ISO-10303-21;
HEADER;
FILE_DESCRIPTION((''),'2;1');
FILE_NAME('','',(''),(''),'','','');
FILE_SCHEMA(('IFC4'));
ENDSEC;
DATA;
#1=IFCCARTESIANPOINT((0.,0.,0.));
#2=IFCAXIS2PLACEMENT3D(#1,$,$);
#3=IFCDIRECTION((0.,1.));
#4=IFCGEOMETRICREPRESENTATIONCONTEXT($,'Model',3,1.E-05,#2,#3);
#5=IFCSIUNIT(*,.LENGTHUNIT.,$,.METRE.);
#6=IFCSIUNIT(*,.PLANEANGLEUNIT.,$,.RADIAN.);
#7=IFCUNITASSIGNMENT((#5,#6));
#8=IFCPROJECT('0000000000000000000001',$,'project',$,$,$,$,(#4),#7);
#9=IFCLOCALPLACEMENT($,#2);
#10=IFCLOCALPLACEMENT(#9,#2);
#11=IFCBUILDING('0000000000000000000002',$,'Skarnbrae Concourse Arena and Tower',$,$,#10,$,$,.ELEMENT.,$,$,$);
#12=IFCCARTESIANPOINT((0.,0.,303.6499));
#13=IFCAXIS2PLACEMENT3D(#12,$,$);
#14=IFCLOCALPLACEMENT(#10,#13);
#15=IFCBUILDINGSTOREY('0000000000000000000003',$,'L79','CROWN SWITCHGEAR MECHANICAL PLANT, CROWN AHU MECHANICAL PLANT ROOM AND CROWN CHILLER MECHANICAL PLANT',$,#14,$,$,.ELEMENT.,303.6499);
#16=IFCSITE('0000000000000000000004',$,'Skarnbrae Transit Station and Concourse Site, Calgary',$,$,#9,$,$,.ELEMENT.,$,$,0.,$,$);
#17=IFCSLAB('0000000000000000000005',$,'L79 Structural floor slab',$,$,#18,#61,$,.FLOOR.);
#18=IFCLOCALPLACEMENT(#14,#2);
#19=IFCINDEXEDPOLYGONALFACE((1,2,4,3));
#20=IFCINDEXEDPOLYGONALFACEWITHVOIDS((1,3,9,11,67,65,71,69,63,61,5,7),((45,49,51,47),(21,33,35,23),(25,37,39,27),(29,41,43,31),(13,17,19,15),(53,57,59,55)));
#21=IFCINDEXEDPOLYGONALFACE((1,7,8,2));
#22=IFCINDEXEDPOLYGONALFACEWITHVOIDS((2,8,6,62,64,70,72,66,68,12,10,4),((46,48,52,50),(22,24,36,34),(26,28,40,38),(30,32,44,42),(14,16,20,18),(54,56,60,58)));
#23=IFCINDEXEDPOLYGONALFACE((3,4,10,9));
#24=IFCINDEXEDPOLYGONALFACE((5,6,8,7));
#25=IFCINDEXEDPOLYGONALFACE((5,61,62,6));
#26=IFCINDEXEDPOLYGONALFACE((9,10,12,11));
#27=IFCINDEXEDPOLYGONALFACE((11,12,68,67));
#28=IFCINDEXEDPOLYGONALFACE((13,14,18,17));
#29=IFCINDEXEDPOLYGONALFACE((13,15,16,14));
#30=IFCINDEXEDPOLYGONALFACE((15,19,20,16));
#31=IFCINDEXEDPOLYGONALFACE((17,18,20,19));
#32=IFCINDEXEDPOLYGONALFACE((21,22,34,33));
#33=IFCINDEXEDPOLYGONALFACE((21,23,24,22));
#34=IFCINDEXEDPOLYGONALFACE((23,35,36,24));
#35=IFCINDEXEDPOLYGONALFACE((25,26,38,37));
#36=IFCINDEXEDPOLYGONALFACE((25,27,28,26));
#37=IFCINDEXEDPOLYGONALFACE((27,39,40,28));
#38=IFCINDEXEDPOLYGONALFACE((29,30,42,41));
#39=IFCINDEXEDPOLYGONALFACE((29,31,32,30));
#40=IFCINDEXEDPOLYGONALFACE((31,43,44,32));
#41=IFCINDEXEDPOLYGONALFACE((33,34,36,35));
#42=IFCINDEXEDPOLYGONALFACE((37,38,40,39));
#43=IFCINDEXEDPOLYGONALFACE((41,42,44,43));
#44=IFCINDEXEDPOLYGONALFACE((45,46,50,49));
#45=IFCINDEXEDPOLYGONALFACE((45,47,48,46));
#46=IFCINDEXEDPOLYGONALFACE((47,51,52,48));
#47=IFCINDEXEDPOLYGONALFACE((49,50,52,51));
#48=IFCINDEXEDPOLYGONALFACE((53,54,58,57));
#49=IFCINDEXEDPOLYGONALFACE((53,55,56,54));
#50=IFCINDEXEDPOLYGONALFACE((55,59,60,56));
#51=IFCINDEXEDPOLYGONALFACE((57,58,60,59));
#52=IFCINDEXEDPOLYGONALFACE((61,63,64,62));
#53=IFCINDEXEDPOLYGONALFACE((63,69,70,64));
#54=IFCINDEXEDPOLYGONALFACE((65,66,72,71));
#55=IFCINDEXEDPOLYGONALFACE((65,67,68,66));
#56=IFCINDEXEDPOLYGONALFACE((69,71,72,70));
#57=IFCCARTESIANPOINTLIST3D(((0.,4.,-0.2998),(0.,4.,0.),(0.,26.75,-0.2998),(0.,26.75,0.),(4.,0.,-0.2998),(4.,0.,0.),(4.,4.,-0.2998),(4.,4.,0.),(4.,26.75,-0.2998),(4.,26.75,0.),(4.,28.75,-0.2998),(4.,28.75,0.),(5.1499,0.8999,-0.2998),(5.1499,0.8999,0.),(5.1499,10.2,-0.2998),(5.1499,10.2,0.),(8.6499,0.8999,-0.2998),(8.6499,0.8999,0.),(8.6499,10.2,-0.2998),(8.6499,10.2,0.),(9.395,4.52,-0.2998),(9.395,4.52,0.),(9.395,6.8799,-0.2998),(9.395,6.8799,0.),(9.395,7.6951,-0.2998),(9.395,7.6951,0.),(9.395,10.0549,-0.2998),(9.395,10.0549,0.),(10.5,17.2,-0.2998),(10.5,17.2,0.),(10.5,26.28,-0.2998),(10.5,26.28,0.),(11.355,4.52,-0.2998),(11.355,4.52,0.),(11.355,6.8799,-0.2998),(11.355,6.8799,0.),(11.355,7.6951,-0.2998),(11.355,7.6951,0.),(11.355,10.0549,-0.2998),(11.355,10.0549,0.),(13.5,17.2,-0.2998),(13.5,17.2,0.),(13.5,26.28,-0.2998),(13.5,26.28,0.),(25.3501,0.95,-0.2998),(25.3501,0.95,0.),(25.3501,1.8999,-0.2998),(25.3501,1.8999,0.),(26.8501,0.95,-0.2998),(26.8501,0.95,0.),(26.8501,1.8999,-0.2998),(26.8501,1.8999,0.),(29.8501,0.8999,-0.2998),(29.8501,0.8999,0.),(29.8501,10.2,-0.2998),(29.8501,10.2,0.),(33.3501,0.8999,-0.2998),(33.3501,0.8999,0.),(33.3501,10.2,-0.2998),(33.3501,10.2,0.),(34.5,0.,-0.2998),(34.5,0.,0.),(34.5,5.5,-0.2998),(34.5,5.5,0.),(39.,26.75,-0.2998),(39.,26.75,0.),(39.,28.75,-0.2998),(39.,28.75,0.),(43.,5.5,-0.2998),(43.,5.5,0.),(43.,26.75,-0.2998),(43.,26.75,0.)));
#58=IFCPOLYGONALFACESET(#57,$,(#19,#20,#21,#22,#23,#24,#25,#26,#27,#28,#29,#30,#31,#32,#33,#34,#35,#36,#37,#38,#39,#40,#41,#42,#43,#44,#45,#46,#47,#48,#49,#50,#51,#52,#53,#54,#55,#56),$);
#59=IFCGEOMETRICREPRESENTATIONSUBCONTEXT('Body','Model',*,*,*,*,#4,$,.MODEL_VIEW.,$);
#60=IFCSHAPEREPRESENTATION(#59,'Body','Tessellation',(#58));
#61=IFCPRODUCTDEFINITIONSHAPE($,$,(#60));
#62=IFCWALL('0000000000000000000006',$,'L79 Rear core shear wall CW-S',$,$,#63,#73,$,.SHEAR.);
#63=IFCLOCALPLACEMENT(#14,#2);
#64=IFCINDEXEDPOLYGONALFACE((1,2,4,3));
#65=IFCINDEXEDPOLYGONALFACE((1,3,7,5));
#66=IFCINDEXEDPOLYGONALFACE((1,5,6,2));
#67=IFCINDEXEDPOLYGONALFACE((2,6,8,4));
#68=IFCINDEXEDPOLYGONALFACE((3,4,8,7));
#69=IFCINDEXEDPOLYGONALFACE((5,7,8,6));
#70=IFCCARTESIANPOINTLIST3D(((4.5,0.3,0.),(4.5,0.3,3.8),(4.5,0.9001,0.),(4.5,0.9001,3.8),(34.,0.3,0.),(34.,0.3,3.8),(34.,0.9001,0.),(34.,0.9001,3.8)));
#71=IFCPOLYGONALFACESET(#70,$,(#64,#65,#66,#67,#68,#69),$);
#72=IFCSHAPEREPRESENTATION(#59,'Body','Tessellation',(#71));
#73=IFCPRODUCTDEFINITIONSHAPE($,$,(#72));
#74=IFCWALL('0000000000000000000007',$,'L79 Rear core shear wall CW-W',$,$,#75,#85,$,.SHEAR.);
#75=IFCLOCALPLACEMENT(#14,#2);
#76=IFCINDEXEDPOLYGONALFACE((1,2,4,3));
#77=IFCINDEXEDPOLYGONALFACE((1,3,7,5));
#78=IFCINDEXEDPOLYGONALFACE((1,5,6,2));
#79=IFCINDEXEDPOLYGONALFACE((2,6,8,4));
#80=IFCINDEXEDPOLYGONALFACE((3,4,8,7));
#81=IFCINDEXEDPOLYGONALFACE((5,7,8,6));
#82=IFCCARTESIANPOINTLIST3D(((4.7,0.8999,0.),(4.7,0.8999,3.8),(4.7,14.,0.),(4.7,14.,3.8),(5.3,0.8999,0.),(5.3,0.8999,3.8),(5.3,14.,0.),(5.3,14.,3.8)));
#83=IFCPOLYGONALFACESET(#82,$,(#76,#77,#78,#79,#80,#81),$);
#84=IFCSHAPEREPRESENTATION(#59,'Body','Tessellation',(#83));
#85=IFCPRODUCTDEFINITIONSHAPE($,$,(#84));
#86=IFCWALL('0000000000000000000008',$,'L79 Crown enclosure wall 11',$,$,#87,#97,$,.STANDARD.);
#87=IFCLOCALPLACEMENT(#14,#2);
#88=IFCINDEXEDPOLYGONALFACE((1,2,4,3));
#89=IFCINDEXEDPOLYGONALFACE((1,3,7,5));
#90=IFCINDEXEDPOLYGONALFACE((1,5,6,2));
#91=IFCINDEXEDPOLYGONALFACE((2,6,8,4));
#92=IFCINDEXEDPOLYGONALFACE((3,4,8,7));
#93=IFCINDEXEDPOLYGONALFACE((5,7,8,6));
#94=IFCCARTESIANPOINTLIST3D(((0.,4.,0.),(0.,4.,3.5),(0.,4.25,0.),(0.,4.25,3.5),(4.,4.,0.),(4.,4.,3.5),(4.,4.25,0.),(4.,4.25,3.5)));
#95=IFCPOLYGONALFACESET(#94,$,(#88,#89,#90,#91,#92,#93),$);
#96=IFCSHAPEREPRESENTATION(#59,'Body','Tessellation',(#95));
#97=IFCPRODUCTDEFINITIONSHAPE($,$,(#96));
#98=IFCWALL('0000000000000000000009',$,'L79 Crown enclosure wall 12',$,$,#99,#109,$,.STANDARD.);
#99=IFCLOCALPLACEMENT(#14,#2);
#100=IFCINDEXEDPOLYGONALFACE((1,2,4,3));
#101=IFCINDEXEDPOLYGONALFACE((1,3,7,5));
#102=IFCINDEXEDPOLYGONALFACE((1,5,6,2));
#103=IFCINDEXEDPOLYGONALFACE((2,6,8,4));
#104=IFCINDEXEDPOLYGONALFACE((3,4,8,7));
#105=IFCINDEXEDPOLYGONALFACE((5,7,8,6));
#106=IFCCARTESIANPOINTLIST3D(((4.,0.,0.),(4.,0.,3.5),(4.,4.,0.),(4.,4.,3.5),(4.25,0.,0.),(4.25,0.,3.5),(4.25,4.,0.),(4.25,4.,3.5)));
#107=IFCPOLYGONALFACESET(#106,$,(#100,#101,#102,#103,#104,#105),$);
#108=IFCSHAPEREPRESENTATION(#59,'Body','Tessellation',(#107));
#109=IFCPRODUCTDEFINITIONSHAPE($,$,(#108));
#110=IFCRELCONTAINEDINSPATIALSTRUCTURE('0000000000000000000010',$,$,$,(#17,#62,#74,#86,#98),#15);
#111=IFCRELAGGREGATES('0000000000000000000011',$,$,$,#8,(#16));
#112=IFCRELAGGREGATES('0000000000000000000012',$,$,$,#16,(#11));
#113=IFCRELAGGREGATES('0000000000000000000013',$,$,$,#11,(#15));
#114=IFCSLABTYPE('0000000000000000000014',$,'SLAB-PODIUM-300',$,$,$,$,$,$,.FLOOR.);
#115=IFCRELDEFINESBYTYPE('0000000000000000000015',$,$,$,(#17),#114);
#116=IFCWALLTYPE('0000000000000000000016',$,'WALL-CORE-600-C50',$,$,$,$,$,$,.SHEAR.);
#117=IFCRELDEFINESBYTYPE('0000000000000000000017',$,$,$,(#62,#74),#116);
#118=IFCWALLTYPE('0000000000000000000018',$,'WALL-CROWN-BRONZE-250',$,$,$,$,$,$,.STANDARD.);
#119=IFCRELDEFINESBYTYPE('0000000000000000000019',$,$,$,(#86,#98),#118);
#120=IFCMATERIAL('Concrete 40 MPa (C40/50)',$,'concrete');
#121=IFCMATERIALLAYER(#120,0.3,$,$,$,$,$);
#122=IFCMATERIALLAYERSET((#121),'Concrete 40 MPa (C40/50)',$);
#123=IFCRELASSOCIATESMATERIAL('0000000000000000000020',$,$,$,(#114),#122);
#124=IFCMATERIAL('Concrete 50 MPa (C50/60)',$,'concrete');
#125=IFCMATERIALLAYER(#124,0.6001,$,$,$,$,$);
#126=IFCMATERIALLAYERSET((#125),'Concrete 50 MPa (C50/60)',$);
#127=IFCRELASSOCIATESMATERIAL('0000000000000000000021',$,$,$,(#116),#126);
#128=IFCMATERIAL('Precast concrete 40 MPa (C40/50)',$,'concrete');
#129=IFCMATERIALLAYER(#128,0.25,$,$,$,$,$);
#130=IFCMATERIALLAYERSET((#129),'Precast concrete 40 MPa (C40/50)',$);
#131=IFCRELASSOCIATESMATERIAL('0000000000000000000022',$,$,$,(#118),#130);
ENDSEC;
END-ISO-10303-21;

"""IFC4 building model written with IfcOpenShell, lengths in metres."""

from ifc_helpers import new_model, si_unit, direction, frame, frame_2d, origin, place, context, subcontext, project, spatial, polyline, rectangle, outline, extrude, source, transform, mapped, material, layer, layer_set, type_object, element, save


model = new_model("IFC4")

# Units and contexts
model_context = context("Model", 3, precision=1e-05, world=origin(), true_north=direction((0.0, 1.0)))
body_context = subcontext(model_context, "Body", "Model", "MODEL_VIEW")
ifc_project = project(units=[si_unit("LENGTHUNIT", "METRE"), si_unit("PLANEANGLEUNIT", "RADIAN")], contexts=[model_context])

# Site, building, storey
site_placement = place(None, origin())
site = spatial("IfcSite", under=ifc_project, at=site_placement, Name="Skarnbrae Transit Station and Concourse Site, Calgary", CompositionType="ELEMENT", RefElevation=0.0)
building_placement = place(site_placement, origin())
building = spatial("IfcBuilding", under=site, at=building_placement, Name="Skarnbrae Concourse Arena and Tower", CompositionType="ELEMENT")
storey_placement = place(building_placement, frame((0.0, 0.0, 303.6499)))
storey = spatial("IfcBuildingStorey", under=building, at=storey_placement, Name="L79", Description="CROWN SWITCHGEAR MECHANICAL PLANT, CROWN AHU MECHANICAL PLANT ROOM AND CROWN CHILLER MECHANICAL PLANT", CompositionType="ELEMENT", Elevation=303.6499)

# Shared definitions
ifc_material_1 = material(Name="Concrete 40 MPa (C40/50)", Category="concrete")

# Slab
ifc_layer_1 = layer(ifc_material_1, 0.3)
ifc_layer_set_1 = layer_set([ifc_layer_1], Name="Concrete 40 MPa (C40/50)")
slab_type_1 = type_object("IfcSlabType", Name="SLAB-PODIUM-300", PredefinedType="FLOOR", material=ifc_layer_set_1)
slab_1_placement = place(storey_placement, frame((0.0, 0.0, -0.2998)))
element("IfcSlab", 1, at=slab_1_placement, inside=storey, type_object=slab_type_1, Name="L79 Structural floor slab", PredefinedType="FLOOR", context=body_context, shape_type="SweptSolid", body=[
    extrude(outline(polyline([(4.0, 0.0), (34.5, 0.0), (34.5, 5.5), (43.0, 5.5), (43.0, 26.75), (39.0, 26.75), (39.0, 28.75), (4.0, 28.75), (4.0, 26.75), (0.0, 26.75), (0.0, 4.0), (4.0, 4.0), (4.0, 0.0)]), holes=[polyline([(26.8501, 0.95), (25.3501, 0.95), (25.3501, 1.8999), (26.8501, 1.8999), (26.8501, 0.95)]), polyline([(5.1499, 10.2), (8.6499, 10.2), (8.6499, 0.8999), (5.1499, 0.8999), (5.1499, 10.2)]), polyline([(29.8501, 10.2), (33.3501, 10.2), (33.3501, 0.8999), (29.8501, 0.8999), (29.8501, 10.2)]), polyline([(11.355, 4.52), (9.395, 4.52), (9.395, 6.8799), (11.355, 6.8799), (11.355, 4.52)]), polyline([(9.395, 7.6951), (9.395, 10.0549), (11.355, 10.0549), (11.355, 7.6951), (9.395, 7.6951)]), polyline([(13.5, 17.2), (10.5, 17.2), (10.5, 26.28), (13.5, 26.28), (13.5, 17.2)])]), origin(), (0.0, 0.0, 1.0), 0.2998),
])

# Walls
ifc_material_2 = material(Name="Concrete 50 MPa (C50/60)", Category="concrete")
ifc_layer_2 = layer(ifc_material_2, 0.6001)
ifc_layer_set_2 = layer_set([ifc_layer_2], Name="Concrete 50 MPa (C50/60)")
wall_type_1 = type_object("IfcWallType", Name="WALL-CORE-600-C50", PredefinedType="SHEAR", material=ifc_layer_set_2)
shared_shape_1 = source(origin(), body_context, "Body", "SweptSolid", [
    extrude(rectangle(XDim=29.5, YDim=0.6001, at=frame_2d((14.75, 0.0))), origin(), (0.0, 0.0, 1.0), 3.8),
])
wall_1_placement = place(storey_placement, frame((4.5, 0.6001, 0.0), z_axis=(0.0, 0.0, 1.0), x_axis=(1.0, 0.0, 0.0)))
element("IfcWall", 2, at=wall_1_placement, inside=storey, type_object=wall_type_1, Name="L79 Rear core shear wall CW-S", PredefinedType="SHEAR", context=body_context, shape_type="MappedRepresentation", body=[
    mapped(shared_shape_1, transform((0.0, 0.0, 0.0))),
])
shared_shape_2 = source(origin(), body_context, "Body", "SweptSolid", [
    extrude(rectangle(XDim=13.1001, YDim=0.6001, at=frame_2d((6.55, 0.0))), origin(), (0.0, 0.0, 1.0), 3.8),
])
wall_2_placement = place(storey_placement, frame((5.0, 0.8999, 0.0), z_axis=(0.0, 0.0, 1.0), x_axis=(0.0, 1.0, 0.0)))
element("IfcWall", 3, at=wall_2_placement, inside=storey, type_object=wall_type_1, Name="L79 Rear core shear wall CW-W", PredefinedType="SHEAR", context=body_context, shape_type="MappedRepresentation", body=[
    mapped(shared_shape_2, transform((0.0, 0.0, 0.0))),
])

# Walls
ifc_material_3 = material(Name="Precast concrete 40 MPa (C40/50)", Category="concrete")
ifc_layer_3 = layer(ifc_material_3, 0.25)
ifc_layer_set_3 = layer_set([ifc_layer_3], Name="Precast concrete 40 MPa (C40/50)")
wall_type_2 = type_object("IfcWallType", Name="WALL-CROWN-BRONZE-250", PredefinedType="STANDARD", material=ifc_layer_set_3)
shared_shape_3 = source(origin(), body_context, "Body", "SweptSolid", [
    extrude(rectangle(XDim=4.0, YDim=0.25, at=frame_2d((2.0, 0.0))), origin(), (0.0, 0.0, 1.0), 3.5),
])
for number, where, z_axis, x_axis, name in (
    (4, (0.0, 4.125, 0.0), (0.0, 0.0, 1.0), (1.0, 0.0, 0.0), "L79 Crown enclosure wall 11"),
    (5, (4.125, 4.0, 0.0), (0.0, 0.0, 1.0), (0.0, -1.0, 0.0), "L79 Crown enclosure wall 12"),
):
    element("IfcWall", number, at=place(storey_placement, frame(where, z_axis=z_axis, x_axis=x_axis)), inside=storey, type_object=wall_type_2, Name=name, PredefinedType="STANDARD", context=body_context, shape_type="MappedRepresentation", body=[
        mapped(shared_shape_3, transform((0.0, 0.0, 0.0))),
    ])

save(model, "model.ifc")
